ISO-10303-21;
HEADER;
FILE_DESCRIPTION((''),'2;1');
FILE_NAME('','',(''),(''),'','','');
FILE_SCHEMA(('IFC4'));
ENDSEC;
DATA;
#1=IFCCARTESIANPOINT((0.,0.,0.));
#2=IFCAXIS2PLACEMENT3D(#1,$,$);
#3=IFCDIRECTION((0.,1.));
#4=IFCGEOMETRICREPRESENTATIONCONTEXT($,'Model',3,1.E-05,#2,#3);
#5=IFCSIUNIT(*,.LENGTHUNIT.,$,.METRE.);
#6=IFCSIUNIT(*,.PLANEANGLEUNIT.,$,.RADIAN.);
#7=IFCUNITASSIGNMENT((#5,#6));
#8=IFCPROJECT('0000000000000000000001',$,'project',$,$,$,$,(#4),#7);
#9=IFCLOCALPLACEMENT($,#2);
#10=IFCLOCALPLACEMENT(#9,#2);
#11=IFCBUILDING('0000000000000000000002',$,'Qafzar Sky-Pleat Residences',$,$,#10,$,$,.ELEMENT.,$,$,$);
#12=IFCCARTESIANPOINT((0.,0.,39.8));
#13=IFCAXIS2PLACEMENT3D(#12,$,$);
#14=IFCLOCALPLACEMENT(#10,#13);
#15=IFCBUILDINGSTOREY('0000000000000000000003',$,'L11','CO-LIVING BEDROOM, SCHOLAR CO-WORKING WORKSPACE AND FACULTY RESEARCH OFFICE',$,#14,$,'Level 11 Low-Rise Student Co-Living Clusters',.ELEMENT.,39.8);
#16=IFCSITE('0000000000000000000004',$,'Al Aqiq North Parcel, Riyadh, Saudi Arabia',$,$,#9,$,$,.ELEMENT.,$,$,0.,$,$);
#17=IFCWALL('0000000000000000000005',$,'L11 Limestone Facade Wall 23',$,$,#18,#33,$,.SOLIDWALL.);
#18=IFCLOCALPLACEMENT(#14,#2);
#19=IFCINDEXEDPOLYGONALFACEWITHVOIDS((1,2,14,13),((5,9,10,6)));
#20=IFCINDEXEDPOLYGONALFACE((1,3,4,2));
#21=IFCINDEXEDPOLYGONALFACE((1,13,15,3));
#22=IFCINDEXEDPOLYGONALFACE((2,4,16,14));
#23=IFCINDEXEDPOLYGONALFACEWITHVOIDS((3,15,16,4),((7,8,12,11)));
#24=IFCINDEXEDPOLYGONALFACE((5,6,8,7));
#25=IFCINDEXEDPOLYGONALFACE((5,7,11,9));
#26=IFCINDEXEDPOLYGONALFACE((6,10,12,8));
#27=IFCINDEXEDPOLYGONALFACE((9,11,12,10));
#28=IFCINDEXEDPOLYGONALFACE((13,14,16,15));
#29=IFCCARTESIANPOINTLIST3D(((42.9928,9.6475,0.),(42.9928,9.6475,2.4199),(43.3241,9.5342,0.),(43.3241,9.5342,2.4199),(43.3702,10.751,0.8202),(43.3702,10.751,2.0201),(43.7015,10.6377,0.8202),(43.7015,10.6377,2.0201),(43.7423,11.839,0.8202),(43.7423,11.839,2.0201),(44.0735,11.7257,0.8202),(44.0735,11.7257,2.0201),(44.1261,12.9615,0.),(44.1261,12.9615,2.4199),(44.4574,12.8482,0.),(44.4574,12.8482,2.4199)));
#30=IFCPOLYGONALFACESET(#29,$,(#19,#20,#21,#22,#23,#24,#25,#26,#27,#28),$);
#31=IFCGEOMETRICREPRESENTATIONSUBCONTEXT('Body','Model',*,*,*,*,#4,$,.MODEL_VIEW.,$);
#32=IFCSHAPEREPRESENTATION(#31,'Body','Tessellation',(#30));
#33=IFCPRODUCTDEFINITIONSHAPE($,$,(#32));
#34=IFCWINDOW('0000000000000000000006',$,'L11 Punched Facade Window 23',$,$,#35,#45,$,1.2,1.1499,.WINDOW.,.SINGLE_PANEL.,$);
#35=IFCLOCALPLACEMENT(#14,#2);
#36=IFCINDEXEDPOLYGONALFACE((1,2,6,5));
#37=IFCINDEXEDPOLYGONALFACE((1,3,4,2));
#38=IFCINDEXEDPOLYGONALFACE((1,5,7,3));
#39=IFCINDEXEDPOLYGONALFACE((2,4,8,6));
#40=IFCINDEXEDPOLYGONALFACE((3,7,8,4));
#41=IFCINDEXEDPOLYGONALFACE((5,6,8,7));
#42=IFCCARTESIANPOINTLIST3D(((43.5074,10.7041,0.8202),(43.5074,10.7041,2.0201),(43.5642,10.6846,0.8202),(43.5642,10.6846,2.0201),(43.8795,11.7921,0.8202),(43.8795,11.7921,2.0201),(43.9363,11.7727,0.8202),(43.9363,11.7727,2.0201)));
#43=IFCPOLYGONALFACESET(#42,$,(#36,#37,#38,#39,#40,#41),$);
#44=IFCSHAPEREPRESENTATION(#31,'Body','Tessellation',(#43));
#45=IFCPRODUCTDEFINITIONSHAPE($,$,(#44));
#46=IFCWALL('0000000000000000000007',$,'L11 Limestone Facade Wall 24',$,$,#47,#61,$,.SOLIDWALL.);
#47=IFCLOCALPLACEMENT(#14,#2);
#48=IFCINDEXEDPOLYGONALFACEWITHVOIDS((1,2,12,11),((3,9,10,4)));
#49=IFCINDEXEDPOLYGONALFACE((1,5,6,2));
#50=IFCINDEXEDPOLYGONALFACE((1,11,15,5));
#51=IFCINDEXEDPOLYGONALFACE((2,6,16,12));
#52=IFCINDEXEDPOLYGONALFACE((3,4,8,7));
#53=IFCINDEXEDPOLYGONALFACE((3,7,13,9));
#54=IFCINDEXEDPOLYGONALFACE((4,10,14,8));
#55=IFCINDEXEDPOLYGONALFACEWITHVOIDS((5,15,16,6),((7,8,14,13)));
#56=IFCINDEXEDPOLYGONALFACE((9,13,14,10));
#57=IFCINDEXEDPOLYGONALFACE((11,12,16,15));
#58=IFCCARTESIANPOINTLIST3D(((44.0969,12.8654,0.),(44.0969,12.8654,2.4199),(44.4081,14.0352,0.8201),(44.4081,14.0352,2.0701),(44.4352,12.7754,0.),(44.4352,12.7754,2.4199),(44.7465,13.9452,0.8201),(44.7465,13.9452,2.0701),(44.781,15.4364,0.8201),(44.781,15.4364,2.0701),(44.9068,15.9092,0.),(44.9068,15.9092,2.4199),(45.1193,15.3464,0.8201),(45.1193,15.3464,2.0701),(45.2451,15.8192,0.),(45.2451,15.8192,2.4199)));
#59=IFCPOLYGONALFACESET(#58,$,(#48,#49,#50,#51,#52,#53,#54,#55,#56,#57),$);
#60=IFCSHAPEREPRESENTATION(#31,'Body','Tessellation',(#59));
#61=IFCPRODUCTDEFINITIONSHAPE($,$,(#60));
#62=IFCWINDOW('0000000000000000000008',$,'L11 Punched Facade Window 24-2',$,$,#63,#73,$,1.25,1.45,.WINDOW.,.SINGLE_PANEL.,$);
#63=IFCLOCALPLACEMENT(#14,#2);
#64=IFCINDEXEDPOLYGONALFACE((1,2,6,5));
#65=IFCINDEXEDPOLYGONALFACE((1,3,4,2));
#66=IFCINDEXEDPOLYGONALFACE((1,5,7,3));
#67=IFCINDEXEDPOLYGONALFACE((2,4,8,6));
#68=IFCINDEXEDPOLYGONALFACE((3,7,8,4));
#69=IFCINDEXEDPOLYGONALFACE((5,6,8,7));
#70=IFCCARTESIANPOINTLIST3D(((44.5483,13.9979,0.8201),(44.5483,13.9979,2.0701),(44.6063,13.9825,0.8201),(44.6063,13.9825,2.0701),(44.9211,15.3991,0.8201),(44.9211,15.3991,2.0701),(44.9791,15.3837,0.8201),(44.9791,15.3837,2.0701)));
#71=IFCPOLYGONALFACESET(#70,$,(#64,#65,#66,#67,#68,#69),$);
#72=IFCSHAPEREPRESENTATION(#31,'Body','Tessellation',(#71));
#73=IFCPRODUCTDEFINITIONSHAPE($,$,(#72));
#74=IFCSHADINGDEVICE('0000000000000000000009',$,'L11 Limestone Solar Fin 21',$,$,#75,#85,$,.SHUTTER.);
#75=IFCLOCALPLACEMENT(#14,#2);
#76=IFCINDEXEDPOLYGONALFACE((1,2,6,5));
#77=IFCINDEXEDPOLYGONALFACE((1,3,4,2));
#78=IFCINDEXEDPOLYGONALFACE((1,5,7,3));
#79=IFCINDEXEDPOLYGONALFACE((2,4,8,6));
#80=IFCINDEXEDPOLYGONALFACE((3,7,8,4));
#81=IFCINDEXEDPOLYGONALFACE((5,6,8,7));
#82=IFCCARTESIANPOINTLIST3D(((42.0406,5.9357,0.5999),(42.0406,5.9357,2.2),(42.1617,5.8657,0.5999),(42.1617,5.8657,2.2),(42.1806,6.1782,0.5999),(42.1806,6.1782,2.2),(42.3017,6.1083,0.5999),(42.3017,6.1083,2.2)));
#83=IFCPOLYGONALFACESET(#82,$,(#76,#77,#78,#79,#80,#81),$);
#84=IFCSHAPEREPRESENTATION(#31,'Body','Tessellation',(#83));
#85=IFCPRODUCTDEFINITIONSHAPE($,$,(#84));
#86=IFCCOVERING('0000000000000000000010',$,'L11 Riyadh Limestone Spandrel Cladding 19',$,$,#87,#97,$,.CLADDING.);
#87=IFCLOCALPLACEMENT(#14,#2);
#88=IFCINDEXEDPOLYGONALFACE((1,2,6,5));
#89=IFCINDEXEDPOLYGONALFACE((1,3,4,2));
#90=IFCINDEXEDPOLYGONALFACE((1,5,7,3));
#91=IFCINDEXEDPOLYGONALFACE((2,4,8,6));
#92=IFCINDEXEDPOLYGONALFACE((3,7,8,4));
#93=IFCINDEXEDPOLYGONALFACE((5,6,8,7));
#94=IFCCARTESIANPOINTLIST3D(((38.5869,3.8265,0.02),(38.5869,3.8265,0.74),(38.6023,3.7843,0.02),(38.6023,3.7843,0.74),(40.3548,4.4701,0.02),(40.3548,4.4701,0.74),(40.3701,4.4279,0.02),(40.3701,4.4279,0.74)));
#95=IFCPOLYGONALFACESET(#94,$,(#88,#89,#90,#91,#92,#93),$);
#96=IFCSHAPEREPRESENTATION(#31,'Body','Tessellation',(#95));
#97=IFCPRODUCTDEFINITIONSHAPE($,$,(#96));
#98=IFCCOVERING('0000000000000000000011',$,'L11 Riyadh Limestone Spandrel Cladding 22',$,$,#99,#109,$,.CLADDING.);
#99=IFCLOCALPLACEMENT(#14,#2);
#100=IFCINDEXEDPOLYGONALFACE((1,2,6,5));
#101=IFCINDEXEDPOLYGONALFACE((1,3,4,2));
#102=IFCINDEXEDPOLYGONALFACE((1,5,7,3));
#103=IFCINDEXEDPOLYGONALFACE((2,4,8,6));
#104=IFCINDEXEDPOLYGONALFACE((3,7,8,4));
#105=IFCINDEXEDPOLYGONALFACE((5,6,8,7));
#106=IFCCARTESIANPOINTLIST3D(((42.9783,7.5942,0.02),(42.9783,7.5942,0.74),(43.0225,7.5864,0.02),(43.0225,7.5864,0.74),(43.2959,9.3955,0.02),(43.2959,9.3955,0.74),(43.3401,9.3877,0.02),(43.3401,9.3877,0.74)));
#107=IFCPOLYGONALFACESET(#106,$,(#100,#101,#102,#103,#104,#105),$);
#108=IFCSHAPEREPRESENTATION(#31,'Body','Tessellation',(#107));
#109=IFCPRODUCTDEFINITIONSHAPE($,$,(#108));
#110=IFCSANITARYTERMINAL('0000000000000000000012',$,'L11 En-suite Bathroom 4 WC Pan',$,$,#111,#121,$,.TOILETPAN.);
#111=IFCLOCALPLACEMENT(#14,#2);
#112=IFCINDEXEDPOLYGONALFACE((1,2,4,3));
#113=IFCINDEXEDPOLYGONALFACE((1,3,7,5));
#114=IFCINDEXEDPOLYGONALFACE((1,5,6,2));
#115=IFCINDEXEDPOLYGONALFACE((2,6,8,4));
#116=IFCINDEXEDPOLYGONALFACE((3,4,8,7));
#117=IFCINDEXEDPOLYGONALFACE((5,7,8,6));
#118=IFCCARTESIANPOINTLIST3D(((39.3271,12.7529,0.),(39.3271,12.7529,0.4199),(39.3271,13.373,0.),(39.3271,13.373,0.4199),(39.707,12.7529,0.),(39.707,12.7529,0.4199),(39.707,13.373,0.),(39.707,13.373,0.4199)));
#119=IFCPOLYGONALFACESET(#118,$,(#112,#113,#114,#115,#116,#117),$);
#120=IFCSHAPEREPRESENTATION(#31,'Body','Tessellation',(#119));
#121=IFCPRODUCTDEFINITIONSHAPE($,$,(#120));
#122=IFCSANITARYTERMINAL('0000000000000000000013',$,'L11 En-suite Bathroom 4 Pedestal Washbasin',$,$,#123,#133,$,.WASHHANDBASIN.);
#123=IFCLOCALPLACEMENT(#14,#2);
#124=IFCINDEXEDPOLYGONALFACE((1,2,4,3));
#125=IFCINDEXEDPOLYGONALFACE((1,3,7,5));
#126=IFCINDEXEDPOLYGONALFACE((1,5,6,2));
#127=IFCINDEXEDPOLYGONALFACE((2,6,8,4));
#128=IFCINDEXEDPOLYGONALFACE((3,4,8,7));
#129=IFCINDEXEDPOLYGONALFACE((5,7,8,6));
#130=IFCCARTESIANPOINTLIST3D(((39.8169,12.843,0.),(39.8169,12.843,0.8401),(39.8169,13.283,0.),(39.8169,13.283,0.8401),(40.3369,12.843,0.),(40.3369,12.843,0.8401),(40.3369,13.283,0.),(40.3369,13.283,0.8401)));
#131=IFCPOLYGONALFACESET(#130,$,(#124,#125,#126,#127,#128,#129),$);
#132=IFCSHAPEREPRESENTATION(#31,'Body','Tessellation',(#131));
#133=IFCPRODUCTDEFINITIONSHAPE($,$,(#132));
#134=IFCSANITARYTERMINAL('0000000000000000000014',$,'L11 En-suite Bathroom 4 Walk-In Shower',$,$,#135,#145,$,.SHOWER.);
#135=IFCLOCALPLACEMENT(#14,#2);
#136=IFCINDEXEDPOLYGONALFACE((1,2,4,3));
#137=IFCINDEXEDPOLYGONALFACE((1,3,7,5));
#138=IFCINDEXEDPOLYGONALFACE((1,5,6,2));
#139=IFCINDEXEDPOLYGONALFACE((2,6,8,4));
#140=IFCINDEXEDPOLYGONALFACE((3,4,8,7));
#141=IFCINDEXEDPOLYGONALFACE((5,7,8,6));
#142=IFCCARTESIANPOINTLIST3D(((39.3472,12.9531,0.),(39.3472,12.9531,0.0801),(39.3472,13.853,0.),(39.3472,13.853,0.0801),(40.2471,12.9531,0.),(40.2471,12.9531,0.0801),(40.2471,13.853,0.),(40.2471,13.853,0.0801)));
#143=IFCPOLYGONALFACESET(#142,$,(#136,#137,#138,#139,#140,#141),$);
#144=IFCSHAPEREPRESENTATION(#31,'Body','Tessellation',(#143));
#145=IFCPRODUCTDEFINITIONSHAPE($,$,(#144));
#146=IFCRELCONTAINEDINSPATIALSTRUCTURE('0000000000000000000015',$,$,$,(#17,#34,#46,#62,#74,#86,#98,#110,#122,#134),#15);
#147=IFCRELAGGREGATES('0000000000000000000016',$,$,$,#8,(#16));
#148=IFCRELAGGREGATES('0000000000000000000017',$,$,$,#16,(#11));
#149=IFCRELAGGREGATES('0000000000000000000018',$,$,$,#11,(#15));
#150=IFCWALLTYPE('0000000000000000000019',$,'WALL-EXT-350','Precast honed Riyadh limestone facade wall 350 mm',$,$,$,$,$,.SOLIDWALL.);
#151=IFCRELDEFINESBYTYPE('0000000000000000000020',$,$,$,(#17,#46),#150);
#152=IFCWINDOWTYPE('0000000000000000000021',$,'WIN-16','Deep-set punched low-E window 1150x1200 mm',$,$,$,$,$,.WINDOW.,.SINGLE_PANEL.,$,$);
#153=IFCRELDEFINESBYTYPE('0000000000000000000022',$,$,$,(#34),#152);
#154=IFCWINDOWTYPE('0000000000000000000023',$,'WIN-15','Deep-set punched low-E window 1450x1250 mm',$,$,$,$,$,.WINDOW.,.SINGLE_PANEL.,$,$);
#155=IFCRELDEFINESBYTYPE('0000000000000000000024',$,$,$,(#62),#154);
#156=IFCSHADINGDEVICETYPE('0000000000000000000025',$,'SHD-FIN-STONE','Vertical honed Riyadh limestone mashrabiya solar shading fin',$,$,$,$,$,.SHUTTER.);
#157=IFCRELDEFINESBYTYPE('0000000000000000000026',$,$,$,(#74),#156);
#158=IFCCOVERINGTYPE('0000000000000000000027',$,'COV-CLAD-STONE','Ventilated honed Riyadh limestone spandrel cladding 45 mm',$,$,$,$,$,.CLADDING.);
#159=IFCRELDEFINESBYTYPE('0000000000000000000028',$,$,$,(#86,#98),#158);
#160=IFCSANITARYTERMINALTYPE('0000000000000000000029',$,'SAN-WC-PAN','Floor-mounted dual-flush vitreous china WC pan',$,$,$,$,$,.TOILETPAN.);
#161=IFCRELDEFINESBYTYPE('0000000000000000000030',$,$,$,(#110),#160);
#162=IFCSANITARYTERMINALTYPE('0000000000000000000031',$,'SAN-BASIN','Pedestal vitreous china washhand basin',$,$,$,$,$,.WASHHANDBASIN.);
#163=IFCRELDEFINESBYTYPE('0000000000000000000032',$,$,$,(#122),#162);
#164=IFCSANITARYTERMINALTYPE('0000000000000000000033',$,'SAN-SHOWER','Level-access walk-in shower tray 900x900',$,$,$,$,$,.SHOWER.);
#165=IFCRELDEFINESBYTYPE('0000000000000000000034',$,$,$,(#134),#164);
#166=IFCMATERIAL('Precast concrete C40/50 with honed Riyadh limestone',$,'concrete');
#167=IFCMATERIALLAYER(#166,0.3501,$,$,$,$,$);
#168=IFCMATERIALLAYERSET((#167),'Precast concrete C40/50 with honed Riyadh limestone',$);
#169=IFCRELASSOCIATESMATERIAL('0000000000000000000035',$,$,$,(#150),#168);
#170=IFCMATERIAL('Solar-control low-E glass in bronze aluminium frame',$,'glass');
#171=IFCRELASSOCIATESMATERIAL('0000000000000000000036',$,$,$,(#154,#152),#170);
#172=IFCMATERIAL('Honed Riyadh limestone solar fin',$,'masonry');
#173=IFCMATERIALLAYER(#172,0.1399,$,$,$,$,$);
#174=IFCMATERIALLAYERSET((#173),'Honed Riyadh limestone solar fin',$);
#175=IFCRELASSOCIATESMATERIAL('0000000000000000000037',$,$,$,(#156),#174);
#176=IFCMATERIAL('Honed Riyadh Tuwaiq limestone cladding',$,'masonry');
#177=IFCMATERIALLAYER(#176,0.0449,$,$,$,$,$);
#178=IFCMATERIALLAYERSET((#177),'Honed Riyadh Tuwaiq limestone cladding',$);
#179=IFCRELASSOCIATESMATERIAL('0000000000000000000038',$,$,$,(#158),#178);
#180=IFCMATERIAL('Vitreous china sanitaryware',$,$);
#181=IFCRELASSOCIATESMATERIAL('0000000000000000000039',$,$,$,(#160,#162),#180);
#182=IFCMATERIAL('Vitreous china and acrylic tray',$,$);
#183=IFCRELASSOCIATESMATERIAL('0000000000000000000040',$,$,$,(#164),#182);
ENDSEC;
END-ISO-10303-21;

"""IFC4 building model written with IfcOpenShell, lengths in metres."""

from ifc_helpers import new_model, si_unit, direction, frame, frame_2d, origin, origin_2d, place, context, subcontext, project, spatial, rectangle, extrude, source, transform, mapped, material, layer, layer_set, type_object, element, fill, save


model = new_model("IFC4")

# Units and contexts
model_context = context("Model", 3, precision=1e-05, world=origin(), true_north=direction((0.0, 1.0)))
body_context = subcontext(model_context, "Body", "Model", "MODEL_VIEW")
ifc_project = project(units=[si_unit("LENGTHUNIT", "METRE"), si_unit("PLANEANGLEUNIT", "RADIAN")], contexts=[model_context])

# Site, building, storey
site_placement = place(None, origin())
site = spatial("IfcSite", under=ifc_project, at=site_placement, Name="Al Aqiq North Parcel, Riyadh, Saudi Arabia", CompositionType="ELEMENT", RefElevation=0.0)
building_placement = place(site_placement, origin())
building = spatial("IfcBuilding", under=site, at=building_placement, Name="Qafzar Sky-Pleat Residences", CompositionType="ELEMENT")
storey_placement = place(building_placement, frame((0.0, 0.0, 39.8)))
storey = spatial("IfcBuildingStorey", under=building, at=storey_placement, Name="L11", Description="CO-LIVING BEDROOM, SCHOLAR CO-WORKING WORKSPACE AND FACULTY RESEARCH OFFICE", LongName="Level 11 Low-Rise Student Co-Living Clusters", CompositionType="ELEMENT", Elevation=39.8)

# Walls, openings, windows
ifc_material_1 = material(Name="Precast concrete C40/50 with honed Riyadh limestone", Category="concrete")
ifc_layer_1 = layer(ifc_material_1, 0.3501)
ifc_layer_set_1 = layer_set([ifc_layer_1], Name="Precast concrete C40/50 with honed Riyadh limestone")
wall_type_1 = type_object("IfcWallType", Name="WALL-EXT-350", Description="Precast honed Riyadh limestone facade wall 350 mm", PredefinedType="SOLIDWALL", material=ifc_layer_set_1)
ifc_material_2 = material(Name="Solar-control low-E glass in bronze aluminium frame", Category="glass")
window_type_1 = type_object("IfcWindowType", Name="WIN-15", Description="Deep-set punched low-E window 1450x1250 mm", PartitioningType="SINGLE_PANEL", PredefinedType="WINDOW", material=ifc_material_2)
shared_shape_1 = source(origin(), body_context, "Body", "SweptSolid", [
    extrude(rectangle(XDim=1.45, YDim=1.25, at=frame_2d((0.7251, 0.625))), frame((0.0, 0.03, 0.0), z_axis=(0.0, -1.0, 0.0), x_axis=(1.0, 0.0, 0.0)), (0.0, 0.0, 1.0), 0.0601),
])
wall_1_placement = place(storey_placement, frame((43.1584, 9.5908, 0.0), z_axis=(0.0, 0.0, 1.0), x_axis=(0.323579, 0.946201, 0.0)))
wall_1 = element("IfcWall", 1, at=wall_1_placement, inside=storey, type_object=wall_type_1, Name="L11 Limestone Facade Wall 23", PredefinedType="SOLIDWALL", context=body_context, shape_type="SweptSolid", body=[
    extrude(rectangle(XDim=3.5024, YDim=0.3501, at=frame_2d((1.7512, 0.0))), origin(), (0.0, 0.0, 1.0), 2.4199),
])
opening_1_placement = place(wall_1_placement, frame((1.1663, 0.0, 0.8201)))
opening_1 = element("IfcOpeningElement", 2, at=opening_1_placement, cuts=wall_1, PredefinedType="OPENING", context=body_context, shape_type="SweptSolid", body=[
    extrude(rectangle(XDim=1.1499, YDim=1.2, at=frame_2d((0.575, 0.6001))), frame((0.0, 0.1851, 0.0), z_axis=(0.0, -1.0, 0.0), x_axis=(1.0, 0.0, 0.0)), (0.0, 0.0, 1.0), 0.3701),
])
window_type_2 = type_object("IfcWindowType", Name="WIN-16", Description="Deep-set punched low-E window 1150x1200 mm", PartitioningType="SINGLE_PANEL", PredefinedType="WINDOW", material=ifc_material_2)
shared_shape_2 = source(origin(), body_context, "Body", "SweptSolid", [
    extrude(rectangle(XDim=1.1499, YDim=1.2, at=frame_2d((0.575, 0.6001))), frame((0.0, 0.03, 0.0), z_axis=(0.0, -1.0, 0.0), x_axis=(1.0, 0.0, 0.0)), (0.0, 0.0, 1.0), 0.0601),
])
window_1_placement = place(opening_1_placement, origin())
window_1 = element("IfcWindow", 3, at=window_1_placement, inside=storey, type_object=window_type_2, Name="L11 Punched Facade Window 23", OverallHeight=1.2, OverallWidth=1.1499, PartitioningType="SINGLE_PANEL", PredefinedType="WINDOW", context=body_context, shape_type="MappedRepresentation", body=[
    mapped(shared_shape_2, transform((0.0, 0.0, 0.0), x_axis=(1.0, 0.0, 0.0), y_axis=(0.0, 1.0, 0.0), z_axis=(0.0, 0.0, 1.0), scale=1.0)),
])
fill(opening_1, window_1)
wall_2_placement = place(storey_placement, frame((44.2661, 12.8206, 0.0), z_axis=(0.0, 0.0, 1.0), x_axis=(0.257117, 0.96638, 0.0)))
wall_2 = element("IfcWall", 4, at=wall_2_placement, inside=storey, type_object=wall_type_1, Name="L11 Limestone Facade Wall 24", PredefinedType="SOLIDWALL", context=body_context, shape_type="SweptSolid", body=[
    extrude(rectangle(XDim=3.1497, YDim=0.3501, at=frame_2d((1.5747, 0.0))), origin(), (0.0, 0.0, 1.0), 2.4199),
])
opening_2_placement = place(wall_2_placement, frame((1.2102, 0.0, 0.8201)))
opening_2 = element("IfcOpeningElement", 5, at=opening_2_placement, cuts=wall_2, PredefinedType="OPENING", context=body_context, shape_type="SweptSolid", body=[
    extrude(rectangle(XDim=1.45, YDim=1.25, at=frame_2d((0.7251, 0.625))), frame((0.0, 0.1851, 0.0), z_axis=(0.0, -1.0, 0.0), x_axis=(1.0, 0.0, 0.0)), (0.0, 0.0, 1.0), 0.3701),
])
window_2_placement = place(opening_2_placement, origin())
window_2 = element("IfcWindow", 6, at=window_2_placement, inside=storey, type_object=window_type_1, Name="L11 Punched Facade Window 24-2", OverallHeight=1.25, OverallWidth=1.45, PartitioningType="SINGLE_PANEL", PredefinedType="WINDOW", context=body_context, shape_type="MappedRepresentation", body=[
    mapped(shared_shape_1, transform((0.0, 0.0, 0.0), x_axis=(1.0, 0.0, 0.0), y_axis=(0.0, 1.0, 0.0), z_axis=(0.0, 0.0, 1.0), scale=1.0)),
])
fill(opening_2, window_2)

# Shading device
ifc_material_3 = material(Name="Honed Riyadh limestone solar fin", Category="masonry")
ifc_layer_2 = layer(ifc_material_3, 0.1399)
ifc_layer_set_2 = layer_set([ifc_layer_2], Name="Honed Riyadh limestone solar fin")
shading_device_type = type_object("IfcShadingDeviceType", Name="SHD-FIN-STONE", Description="Vertical honed Riyadh limestone mashrabiya solar shading fin", PredefinedType="SHUTTER", material=ifc_layer_set_2)
shared_shape_3 = source(origin(), body_context, "Body", "SweptSolid", [
    extrude(rectangle(XDim=0.1399, YDim=0.28, at=origin_2d()), origin(), (0.0, 0.0, 1.0), 1.6001),
])
shading_device_placement = place(storey_placement, frame((42.1711, 6.022, 0.5999), z_axis=(0.0, 0.0, 1.0), x_axis=(0.866044, -0.499967, 0.0)))
element("IfcShadingDevice", 7, at=shading_device_placement, inside=storey, type_object=shading_device_type, Name="L11 Limestone Solar Fin 21", PredefinedType="SHUTTER", context=body_context, shape_type="MappedRepresentation", body=[
    mapped(shared_shape_3, transform((0.0, 0.0, 0.0), x_axis=(1.0, 0.0, 0.0), y_axis=(0.0, 1.0, 0.0), z_axis=(0.0, 0.0, 1.0), scale=1.0)),
])

# Coverings
ifc_material_4 = material(Name="Honed Riyadh Tuwaiq limestone cladding", Category="masonry")
ifc_layer_3 = layer(ifc_material_4, 0.0449)
ifc_layer_set_3 = layer_set([ifc_layer_3], Name="Honed Riyadh Tuwaiq limestone cladding")
covering_type = type_object("IfcCoveringType", Name="COV-CLAD-STONE", Description="Ventilated honed Riyadh limestone spandrel cladding 45 mm", PredefinedType="CLADDING", material=ifc_layer_set_3)
shared_shape_4 = source(origin(), body_context, "Body", "SweptSolid", [
    extrude(rectangle(XDim=1.8813, YDim=0.0449, at=origin_2d()), origin(), (0.0, 0.0, 1.0), 0.72),
])
covering_1_placement = place(storey_placement, frame((39.4785, 4.1272, 0.02), z_axis=(0.0, 0.0, 1.0), x_axis=(0.939679, 0.342058, 0.0)))
element("IfcCovering", 8, at=covering_1_placement, inside=storey, type_object=covering_type, Name="L11 Riyadh Limestone Spandrel Cladding 19", PredefinedType="CLADDING", context=body_context, shape_type="MappedRepresentation", body=[
    mapped(shared_shape_4, transform((0.0, 0.0, 0.0), x_axis=(1.0, 0.0, 0.0), y_axis=(0.0, 1.0, 0.0), z_axis=(0.0, 0.0, 1.0), scale=1.0)),
])
shared_shape_5 = source(origin(), body_context, "Body", "SweptSolid", [
    extrude(rectangle(XDim=1.8291, YDim=0.0449, at=origin_2d()), origin(), (0.0, 0.0, 1.0), 0.72),
])
covering_2_placement = place(storey_placement, frame((43.1592, 8.491, 0.02), z_axis=(0.0, 0.0, 1.0), x_axis=(0.173648, 0.984808, 0.0)))
element("IfcCovering", 9, at=covering_2_placement, inside=storey, type_object=covering_type, Name="L11 Riyadh Limestone Spandrel Cladding 22", PredefinedType="CLADDING", context=body_context, shape_type="MappedRepresentation", body=[
    mapped(shared_shape_5, transform((0.0, 0.0, 0.0), x_axis=(1.0, 0.0, 0.0), y_axis=(0.0, 1.0, 0.0), z_axis=(0.0, 0.0, 1.0), scale=1.0)),
])

# Sanitary terminals
ifc_material_5 = material(Name="Vitreous china sanitaryware")
sanitary_terminal_type_1 = type_object("IfcSanitaryTerminalType", Name="SAN-WC-PAN", Description="Floor-mounted dual-flush vitreous china WC pan", PredefinedType="TOILETPAN", material=ifc_material_5)
shared_shape_6 = source(origin(), body_context, "Body", "SweptSolid", [
    extrude(rectangle(XDim=0.3799, YDim=0.6201, at=origin_2d()), origin(), (0.0, 0.0, 1.0), 0.4199),
])
sanitary_terminal_1_placement = place(storey_placement, frame((39.5171, 13.063, 0.0), z_axis=(0.0, 0.0, 1.0), x_axis=(1.0, 0.0, 0.0)))
element("IfcSanitaryTerminal", 10, at=sanitary_terminal_1_placement, inside=storey, type_object=sanitary_terminal_type_1, Name="L11 En-suite Bathroom 4 WC Pan", PredefinedType="TOILETPAN", context=body_context, shape_type="MappedRepresentation", body=[
    mapped(shared_shape_6, transform((0.0, 0.0, 0.0), x_axis=(1.0, 0.0, 0.0), y_axis=(0.0, 1.0, 0.0), z_axis=(0.0, 0.0, 1.0), scale=1.0)),
])
sanitary_terminal_type_2 = type_object("IfcSanitaryTerminalType", Name="SAN-BASIN", Description="Pedestal vitreous china washhand basin", PredefinedType="WASHHANDBASIN", material=ifc_material_5)
shared_shape_7 = source(origin(), body_context, "Body", "SweptSolid", [
    extrude(rectangle(XDim=0.52, YDim=0.4399, at=origin_2d()), origin(), (0.0, 0.0, 1.0), 0.8401),
])
sanitary_terminal_2_placement = place(storey_placement, frame((40.0769, 13.063, 0.0), z_axis=(0.0, 0.0, 1.0), x_axis=(1.0, 0.0, 0.0)))
element("IfcSanitaryTerminal", 11, at=sanitary_terminal_2_placement, inside=storey, type_object=sanitary_terminal_type_2, Name="L11 En-suite Bathroom 4 Pedestal Washbasin", PredefinedType="WASHHANDBASIN", context=body_context, shape_type="MappedRepresentation", body=[
    mapped(shared_shape_7, transform((0.0, 0.0, 0.0), x_axis=(1.0, 0.0, 0.0), y_axis=(0.0, 1.0, 0.0), z_axis=(0.0, 0.0, 1.0), scale=1.0)),
])
ifc_material_6 = material(Name="Vitreous china and acrylic tray")
sanitary_terminal_type_3 = type_object("IfcSanitaryTerminalType", Name="SAN-SHOWER", Description="Level-access walk-in shower tray 900x900", PredefinedType="SHOWER", material=ifc_material_6)
shared_shape_8 = source(origin(), body_context, "Body", "SweptSolid", [
    extrude(rectangle(XDim=0.8999, YDim=0.8999, at=origin_2d()), origin(), (0.0, 0.0, 1.0), 0.0801),
])
sanitary_terminal_3_placement = place(storey_placement, frame((39.7971, 13.4031, 0.0), z_axis=(0.0, 0.0, 1.0), x_axis=(1.0, 0.0, 0.0)))
element("IfcSanitaryTerminal", 12, at=sanitary_terminal_3_placement, inside=storey, type_object=sanitary_terminal_type_3, Name="L11 En-suite Bathroom 4 Walk-In Shower", PredefinedType="SHOWER", context=body_context, shape_type="MappedRepresentation", body=[
    mapped(shared_shape_8, transform((0.0, 0.0, 0.0), x_axis=(1.0, 0.0, 0.0), y_axis=(0.0, 1.0, 0.0), z_axis=(0.0, 0.0, 1.0), scale=1.0)),
])

save(model, "model.ifc")
